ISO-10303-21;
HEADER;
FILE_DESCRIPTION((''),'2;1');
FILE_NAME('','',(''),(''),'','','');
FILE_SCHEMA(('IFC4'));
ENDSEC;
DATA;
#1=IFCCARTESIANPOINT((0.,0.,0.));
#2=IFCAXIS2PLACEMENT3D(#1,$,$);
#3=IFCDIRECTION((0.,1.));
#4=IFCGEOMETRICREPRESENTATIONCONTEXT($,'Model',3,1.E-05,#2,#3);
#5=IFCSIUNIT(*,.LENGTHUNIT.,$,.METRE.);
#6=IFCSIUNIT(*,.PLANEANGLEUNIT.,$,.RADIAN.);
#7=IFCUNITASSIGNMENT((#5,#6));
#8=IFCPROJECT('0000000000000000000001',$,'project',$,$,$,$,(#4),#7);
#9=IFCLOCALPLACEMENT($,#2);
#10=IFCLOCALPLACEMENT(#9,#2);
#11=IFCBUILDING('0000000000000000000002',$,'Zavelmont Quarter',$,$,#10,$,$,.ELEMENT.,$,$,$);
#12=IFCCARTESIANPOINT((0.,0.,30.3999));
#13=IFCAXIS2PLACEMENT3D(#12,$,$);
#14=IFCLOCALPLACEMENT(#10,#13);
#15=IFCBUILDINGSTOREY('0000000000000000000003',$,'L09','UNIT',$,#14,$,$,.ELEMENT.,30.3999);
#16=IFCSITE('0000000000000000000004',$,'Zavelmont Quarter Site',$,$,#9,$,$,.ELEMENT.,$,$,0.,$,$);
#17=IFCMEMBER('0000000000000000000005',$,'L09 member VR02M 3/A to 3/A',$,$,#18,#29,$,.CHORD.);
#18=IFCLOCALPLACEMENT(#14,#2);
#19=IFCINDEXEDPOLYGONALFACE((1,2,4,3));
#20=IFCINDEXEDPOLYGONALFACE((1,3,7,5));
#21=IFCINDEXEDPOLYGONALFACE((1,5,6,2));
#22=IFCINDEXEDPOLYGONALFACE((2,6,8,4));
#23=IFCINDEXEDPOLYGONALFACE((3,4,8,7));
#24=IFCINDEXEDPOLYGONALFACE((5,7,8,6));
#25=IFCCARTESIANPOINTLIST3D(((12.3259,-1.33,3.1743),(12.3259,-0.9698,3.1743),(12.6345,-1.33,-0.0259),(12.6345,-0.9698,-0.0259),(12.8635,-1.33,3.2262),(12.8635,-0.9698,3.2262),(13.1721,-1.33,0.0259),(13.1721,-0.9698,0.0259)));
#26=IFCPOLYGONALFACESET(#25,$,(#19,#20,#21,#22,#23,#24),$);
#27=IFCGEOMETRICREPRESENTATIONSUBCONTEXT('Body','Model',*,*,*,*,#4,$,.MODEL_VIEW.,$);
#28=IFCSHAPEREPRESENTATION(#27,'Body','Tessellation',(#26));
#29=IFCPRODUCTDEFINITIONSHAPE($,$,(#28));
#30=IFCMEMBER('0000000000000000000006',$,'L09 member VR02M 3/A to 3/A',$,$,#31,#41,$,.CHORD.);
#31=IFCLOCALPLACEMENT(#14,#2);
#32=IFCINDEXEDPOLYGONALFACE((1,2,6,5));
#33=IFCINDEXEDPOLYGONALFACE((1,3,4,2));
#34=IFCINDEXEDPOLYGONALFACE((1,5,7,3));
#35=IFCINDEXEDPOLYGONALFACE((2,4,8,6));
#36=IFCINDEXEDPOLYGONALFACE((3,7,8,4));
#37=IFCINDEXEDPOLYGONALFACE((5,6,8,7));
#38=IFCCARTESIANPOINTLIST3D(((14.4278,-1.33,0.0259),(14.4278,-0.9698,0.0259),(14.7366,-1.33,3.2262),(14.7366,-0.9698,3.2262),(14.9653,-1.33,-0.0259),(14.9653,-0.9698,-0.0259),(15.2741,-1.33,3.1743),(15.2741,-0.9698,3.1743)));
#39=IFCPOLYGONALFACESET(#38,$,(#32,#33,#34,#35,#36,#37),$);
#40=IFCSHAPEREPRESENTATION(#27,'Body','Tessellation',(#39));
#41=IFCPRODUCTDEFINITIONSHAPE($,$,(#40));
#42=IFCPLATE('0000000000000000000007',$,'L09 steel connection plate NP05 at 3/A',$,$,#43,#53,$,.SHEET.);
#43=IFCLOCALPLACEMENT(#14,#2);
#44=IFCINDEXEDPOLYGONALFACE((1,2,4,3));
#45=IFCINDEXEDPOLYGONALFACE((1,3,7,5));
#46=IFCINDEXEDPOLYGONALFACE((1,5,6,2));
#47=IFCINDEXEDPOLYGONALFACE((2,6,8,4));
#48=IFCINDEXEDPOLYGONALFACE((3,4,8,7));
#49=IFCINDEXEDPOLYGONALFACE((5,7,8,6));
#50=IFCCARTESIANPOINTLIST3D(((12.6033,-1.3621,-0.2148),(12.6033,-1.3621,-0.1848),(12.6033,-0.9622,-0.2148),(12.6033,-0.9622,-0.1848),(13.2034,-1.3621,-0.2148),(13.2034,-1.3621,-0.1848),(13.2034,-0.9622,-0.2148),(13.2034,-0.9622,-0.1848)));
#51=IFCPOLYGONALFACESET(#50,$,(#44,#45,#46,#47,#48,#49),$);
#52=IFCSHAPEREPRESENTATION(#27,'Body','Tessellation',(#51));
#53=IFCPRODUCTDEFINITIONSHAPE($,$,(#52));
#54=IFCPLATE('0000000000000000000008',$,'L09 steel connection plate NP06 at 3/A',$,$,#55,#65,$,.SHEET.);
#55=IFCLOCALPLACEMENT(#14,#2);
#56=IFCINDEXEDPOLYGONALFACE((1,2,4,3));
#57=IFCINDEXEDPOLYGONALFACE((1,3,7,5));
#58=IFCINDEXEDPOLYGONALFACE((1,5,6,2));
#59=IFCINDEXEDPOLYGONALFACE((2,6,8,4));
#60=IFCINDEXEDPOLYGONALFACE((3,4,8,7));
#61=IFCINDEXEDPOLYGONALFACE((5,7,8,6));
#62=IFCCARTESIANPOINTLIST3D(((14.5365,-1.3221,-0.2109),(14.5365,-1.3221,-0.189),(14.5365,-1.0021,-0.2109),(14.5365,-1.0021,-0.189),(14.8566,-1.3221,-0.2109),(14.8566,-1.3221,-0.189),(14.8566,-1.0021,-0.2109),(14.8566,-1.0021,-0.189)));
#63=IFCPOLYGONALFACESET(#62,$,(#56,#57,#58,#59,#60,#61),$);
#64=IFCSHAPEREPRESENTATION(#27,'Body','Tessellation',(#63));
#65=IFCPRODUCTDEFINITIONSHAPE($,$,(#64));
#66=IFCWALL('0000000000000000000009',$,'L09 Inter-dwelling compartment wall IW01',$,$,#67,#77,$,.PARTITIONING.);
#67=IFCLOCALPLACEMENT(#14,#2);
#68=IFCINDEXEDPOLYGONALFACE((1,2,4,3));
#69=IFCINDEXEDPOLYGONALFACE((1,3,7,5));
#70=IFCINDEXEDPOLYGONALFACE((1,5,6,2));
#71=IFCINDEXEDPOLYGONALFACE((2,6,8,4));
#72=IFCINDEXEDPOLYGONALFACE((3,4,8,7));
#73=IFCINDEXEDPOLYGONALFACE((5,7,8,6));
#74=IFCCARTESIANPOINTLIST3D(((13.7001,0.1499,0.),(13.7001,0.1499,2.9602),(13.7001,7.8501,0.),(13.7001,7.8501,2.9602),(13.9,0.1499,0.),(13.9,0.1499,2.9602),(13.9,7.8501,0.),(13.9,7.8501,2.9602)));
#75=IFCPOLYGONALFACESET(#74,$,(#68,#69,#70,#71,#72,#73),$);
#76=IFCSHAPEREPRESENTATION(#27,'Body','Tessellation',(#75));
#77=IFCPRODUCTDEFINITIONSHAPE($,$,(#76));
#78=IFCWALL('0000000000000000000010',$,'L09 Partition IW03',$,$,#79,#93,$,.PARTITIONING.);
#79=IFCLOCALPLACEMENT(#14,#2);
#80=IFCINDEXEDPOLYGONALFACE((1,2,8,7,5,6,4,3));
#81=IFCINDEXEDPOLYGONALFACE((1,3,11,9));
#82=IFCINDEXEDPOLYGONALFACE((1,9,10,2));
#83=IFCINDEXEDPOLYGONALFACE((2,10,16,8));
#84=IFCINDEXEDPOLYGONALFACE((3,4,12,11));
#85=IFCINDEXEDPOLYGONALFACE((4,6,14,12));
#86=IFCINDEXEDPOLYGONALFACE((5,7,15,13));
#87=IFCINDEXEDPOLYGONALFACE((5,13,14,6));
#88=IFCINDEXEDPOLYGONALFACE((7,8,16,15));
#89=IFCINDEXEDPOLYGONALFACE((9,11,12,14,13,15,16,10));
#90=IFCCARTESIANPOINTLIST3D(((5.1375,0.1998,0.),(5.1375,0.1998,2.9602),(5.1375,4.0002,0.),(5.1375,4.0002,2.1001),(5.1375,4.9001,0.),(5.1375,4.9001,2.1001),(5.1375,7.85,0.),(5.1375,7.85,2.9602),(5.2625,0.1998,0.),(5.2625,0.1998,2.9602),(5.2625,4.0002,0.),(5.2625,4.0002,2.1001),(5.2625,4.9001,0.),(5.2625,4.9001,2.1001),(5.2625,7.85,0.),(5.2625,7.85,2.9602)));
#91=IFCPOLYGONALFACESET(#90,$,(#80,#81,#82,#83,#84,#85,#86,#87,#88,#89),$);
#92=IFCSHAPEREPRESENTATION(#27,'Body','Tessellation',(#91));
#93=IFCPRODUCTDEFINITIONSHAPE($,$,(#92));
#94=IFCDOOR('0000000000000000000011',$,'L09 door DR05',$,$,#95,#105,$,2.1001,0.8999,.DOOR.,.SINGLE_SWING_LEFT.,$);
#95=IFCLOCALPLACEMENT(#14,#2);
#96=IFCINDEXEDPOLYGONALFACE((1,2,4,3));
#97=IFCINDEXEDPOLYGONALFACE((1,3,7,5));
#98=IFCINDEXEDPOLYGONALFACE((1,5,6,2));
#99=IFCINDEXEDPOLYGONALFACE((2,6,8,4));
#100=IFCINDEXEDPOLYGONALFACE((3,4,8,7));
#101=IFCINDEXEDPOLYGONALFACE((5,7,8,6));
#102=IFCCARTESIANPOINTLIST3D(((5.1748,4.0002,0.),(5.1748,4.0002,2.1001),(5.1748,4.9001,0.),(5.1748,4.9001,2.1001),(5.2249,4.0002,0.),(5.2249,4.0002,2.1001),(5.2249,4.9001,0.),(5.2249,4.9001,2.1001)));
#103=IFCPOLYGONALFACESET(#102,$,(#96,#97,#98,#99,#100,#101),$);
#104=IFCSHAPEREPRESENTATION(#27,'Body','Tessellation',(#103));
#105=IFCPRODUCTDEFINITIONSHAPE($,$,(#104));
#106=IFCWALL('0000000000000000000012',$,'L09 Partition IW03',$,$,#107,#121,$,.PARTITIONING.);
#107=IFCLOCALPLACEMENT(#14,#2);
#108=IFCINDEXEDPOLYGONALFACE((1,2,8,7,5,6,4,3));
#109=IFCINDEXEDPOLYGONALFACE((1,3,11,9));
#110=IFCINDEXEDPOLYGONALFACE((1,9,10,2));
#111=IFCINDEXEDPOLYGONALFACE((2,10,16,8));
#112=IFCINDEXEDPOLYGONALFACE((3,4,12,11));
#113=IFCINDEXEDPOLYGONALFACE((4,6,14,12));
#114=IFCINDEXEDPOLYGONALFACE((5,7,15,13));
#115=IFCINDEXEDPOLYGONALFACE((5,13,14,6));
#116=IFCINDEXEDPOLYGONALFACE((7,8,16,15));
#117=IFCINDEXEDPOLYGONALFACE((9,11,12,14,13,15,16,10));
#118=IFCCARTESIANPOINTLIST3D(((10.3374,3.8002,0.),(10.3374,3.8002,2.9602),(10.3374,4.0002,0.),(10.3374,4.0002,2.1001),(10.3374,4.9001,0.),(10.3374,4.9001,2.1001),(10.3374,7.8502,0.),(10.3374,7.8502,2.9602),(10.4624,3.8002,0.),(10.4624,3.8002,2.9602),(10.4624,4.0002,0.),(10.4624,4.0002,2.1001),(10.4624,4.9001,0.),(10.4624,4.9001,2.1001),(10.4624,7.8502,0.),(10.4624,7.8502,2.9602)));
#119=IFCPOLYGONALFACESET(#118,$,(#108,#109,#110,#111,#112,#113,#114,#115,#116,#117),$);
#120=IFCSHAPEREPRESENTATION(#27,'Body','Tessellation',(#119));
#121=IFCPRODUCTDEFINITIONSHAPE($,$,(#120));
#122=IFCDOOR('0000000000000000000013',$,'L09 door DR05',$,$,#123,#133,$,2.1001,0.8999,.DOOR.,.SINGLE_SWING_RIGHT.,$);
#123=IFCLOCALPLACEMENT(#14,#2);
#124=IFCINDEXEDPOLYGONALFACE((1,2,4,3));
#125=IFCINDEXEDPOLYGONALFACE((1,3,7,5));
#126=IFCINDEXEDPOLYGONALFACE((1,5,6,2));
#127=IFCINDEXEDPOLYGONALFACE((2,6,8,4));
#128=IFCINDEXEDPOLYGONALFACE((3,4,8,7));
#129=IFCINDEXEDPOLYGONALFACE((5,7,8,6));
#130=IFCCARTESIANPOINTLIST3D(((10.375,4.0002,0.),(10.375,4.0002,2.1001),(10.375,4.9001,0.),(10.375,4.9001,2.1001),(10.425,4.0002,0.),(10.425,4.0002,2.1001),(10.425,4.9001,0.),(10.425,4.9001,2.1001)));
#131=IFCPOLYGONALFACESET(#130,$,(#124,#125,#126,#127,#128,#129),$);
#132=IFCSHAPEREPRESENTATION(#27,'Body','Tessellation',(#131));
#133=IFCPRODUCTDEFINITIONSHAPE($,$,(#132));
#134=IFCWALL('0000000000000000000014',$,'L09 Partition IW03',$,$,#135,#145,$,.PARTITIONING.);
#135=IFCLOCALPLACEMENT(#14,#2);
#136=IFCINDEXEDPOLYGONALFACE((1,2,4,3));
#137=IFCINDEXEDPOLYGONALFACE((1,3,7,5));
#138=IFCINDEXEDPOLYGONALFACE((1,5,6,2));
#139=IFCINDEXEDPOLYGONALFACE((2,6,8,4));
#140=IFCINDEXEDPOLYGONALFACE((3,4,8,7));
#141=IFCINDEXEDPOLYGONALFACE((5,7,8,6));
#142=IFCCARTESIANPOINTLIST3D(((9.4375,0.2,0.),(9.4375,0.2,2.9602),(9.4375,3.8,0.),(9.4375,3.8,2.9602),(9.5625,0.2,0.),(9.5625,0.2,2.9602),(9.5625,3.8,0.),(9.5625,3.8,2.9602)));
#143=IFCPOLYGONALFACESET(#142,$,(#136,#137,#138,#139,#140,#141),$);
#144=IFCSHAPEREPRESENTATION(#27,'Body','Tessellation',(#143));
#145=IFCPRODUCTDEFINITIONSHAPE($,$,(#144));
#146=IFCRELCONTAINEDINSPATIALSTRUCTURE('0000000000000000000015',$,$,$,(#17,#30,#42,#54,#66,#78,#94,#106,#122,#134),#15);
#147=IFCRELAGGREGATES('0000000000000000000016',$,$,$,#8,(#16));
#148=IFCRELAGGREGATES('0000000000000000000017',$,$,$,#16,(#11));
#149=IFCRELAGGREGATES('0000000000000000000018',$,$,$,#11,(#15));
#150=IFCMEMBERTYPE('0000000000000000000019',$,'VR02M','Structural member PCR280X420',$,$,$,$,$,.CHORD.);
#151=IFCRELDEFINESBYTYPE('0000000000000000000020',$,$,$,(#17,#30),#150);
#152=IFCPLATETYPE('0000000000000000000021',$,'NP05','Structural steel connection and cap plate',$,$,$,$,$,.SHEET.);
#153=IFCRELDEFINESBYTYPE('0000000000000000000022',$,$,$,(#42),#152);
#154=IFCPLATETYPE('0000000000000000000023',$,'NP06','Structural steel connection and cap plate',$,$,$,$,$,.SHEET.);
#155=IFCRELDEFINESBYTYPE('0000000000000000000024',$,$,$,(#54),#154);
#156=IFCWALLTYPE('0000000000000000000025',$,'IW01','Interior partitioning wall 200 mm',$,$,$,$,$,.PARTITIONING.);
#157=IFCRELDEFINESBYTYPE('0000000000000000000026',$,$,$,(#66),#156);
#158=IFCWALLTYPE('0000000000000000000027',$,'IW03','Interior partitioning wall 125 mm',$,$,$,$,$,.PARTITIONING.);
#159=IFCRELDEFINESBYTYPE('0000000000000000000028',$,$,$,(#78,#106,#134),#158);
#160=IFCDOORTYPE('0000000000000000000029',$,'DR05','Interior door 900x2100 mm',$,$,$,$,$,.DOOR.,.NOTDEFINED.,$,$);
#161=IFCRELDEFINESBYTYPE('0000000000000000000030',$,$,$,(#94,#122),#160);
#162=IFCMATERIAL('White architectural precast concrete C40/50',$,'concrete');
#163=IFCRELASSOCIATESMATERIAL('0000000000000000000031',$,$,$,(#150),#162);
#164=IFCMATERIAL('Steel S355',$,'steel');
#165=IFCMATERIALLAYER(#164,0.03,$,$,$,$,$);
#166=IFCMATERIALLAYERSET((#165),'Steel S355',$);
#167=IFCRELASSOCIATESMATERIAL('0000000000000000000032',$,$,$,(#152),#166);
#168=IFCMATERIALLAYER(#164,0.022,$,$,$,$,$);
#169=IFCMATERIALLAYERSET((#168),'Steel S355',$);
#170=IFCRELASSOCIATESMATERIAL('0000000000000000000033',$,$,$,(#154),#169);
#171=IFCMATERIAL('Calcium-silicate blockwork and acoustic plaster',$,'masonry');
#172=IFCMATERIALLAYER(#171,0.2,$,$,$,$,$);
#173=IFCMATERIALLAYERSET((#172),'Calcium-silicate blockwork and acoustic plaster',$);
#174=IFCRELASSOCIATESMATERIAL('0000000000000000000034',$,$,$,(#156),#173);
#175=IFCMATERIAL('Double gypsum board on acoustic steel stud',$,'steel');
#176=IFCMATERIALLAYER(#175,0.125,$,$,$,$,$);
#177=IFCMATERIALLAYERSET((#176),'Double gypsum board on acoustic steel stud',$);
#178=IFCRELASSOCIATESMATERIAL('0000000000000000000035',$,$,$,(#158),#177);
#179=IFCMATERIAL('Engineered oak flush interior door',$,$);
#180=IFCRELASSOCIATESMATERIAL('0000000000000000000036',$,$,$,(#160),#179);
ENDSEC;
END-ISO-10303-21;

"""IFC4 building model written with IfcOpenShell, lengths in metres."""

from ifc_helpers import new_model, si_unit, direction, frame, frame_2d, origin, origin_with_axes, origin_2d, place, context, subcontext, project, spatial, rectangle, extrude, material, layer, layer_set, material_profile, profile_set, type_object, element, fill, save


model = new_model("IFC4")

# Units and contexts
model_context = context("Model", 3, precision=1e-05, world=origin(), true_north=direction((0.0, 1.0)))
body_context = subcontext(model_context, "Body", "Model", "MODEL_VIEW")
ifc_project = project(units=[si_unit("LENGTHUNIT", "METRE"), si_unit("PLANEANGLEUNIT", "RADIAN")], contexts=[model_context])

# Site, building, storey
site_placement = place(None, origin())
site = spatial("IfcSite", under=ifc_project, at=site_placement, Name="Zavelmont Quarter Site", CompositionType="ELEMENT", RefElevation=0.0)
building_placement = place(site_placement, origin())
building = spatial("IfcBuilding", under=site, at=building_placement, Name="Zavelmont Quarter", CompositionType="ELEMENT")
storey_placement = place(building_placement, frame((0.0, 0.0, 30.3999)))
storey = spatial("IfcBuildingStorey", under=building, at=storey_placement, Name="L09", Description="UNIT", CompositionType="ELEMENT", Elevation=30.3999)

# Shared definitions
ifc_material_1 = material(Name="Steel S355", Category="steel")

# Members
ifc_material_2 = material(Name="White architectural precast concrete C40/50", Category="concrete")
ifc_material_profile_1 = material_profile(ifc_material_2, rectangle(XDim=0.3601, YDim=0.54, at=origin_2d()), Name="PCR280X420")
ifc_profile_set_1 = profile_set([ifc_material_profile_1], Name="White architectural precast concrete C40/50")
member_type = type_object("IfcMemberType", Name="VR02M", Description="Structural member PCR280X420", PredefinedType="CHORD", material=ifc_profile_set_1)
for number, where, z_axis, x_axis, name in (
    (1, (12.9033, -1.1499, 0.0), (-0.095984, 0.0, 0.995383), (0.0, -1.0, 0.0), "L09 member VR02M 3/A to 3/A"),
    (2, (14.6965, -1.1499, 0.0), (0.09606, 0.0, 0.995376), (0.0, 1.0, 0.0), "L09 member VR02M 3/A to 3/A"),
):
    element("IfcMember", number, at=place(storey_placement, frame(where, z_axis=z_axis, x_axis=x_axis)), inside=storey, type_object=member_type, Name=name, PredefinedType="CHORD", context=body_context, shape_type="SweptSolid", body=[
        extrude(rectangle(XDim=0.3601, YDim=0.54, at=origin_2d()), origin(), (0.0, 0.0, 1.0), 3.2151),
    ])

# Plates
ifc_layer_1 = layer(ifc_material_1, 0.03)
ifc_layer_set_1 = layer_set([ifc_layer_1], Name="Steel S355")
plate_type_1 = type_object("IfcPlateType", Name="NP05", Description="Structural steel connection and cap plate", PredefinedType="SHEET", material=ifc_layer_set_1)
plate_1_placement = place(storey_placement, frame((12.9033, -1.1621, -0.2148), z_axis=(0.0, 0.0, 1.0), x_axis=(1.0, 0.0, 0.0)))
element("IfcPlate", 3, at=plate_1_placement, inside=storey, type_object=plate_type_1, Name="L09 steel connection plate NP05 at 3/A", PredefinedType="SHEET", context=body_context, shape_type="SweptSolid", body=[
    extrude(rectangle(XDim=0.6001, YDim=0.3999, at=origin_2d()), origin(), (0.0, 0.0, 1.0), 0.03),
])
ifc_layer_2 = layer(ifc_material_1, 0.022)
ifc_layer_set_2 = layer_set([ifc_layer_2], Name="Steel S355")
plate_type_2 = type_object("IfcPlateType", Name="NP06", Description="Structural steel connection and cap plate", PredefinedType="SHEET", material=ifc_layer_set_2)
plate_2_placement = place(storey_placement, frame((14.6965, -1.1621, -0.2109), z_axis=(0.0, 0.0, 1.0), x_axis=(1.0, 0.0, 0.0)))
element("IfcPlate", 4, at=plate_2_placement, inside=storey, type_object=plate_type_2, Name="L09 steel connection plate NP06 at 3/A", PredefinedType="SHEET", context=body_context, shape_type="SweptSolid", body=[
    extrude(rectangle(XDim=0.3201, YDim=0.3201, at=origin_2d()), origin(), (0.0, 0.0, 1.0), 0.022),
])

# Wall
ifc_material_3 = material(Name="Calcium-silicate blockwork and acoustic plaster", Category="masonry")
ifc_layer_3 = layer(ifc_material_3, 0.2)
ifc_layer_set_3 = layer_set([ifc_layer_3], Name="Calcium-silicate blockwork and acoustic plaster")
wall_type_1 = type_object("IfcWallType", Name="IW01", Description="Interior partitioning wall 200 mm", PredefinedType="PARTITIONING", material=ifc_layer_set_3)
wall_1_placement = place(storey_placement, frame((13.8, 7.8501, 0.0), z_axis=(0.0, 0.0, 1.0), x_axis=(0.0, -1.0, 0.0)))
element("IfcWall", 5, at=wall_1_placement, inside=storey, type_object=wall_type_1, Name="L09 Inter-dwelling compartment wall IW01", PredefinedType="PARTITIONING", context=body_context, shape_type="SweptSolid", body=[
    extrude(rectangle(XDim=7.7002, YDim=0.2, at=frame_2d((3.8501, 0.0))), origin(), (0.0, 0.0, 1.0), 2.9602),
])

# Walls, openings, doors
ifc_material_4 = material(Name="Double gypsum board on acoustic steel stud", Category="steel")
ifc_layer_4 = layer(ifc_material_4, 0.125)
ifc_layer_set_4 = layer_set([ifc_layer_4], Name="Double gypsum board on acoustic steel stud")
wall_type_2 = type_object("IfcWallType", Name="IW03", Description="Interior partitioning wall 125 mm", PredefinedType="PARTITIONING", material=ifc_layer_set_4)
wall_2_placement = place(storey_placement, frame((5.2, 7.8501, 0.0), z_axis=(0.0, 0.0, 1.0), x_axis=(0.0, -1.0, 0.0)))
wall_2 = element("IfcWall", 6, at=wall_2_placement, inside=storey, type_object=wall_type_2, Name="L09 Partition IW03", PredefinedType="PARTITIONING", context=body_context, shape_type="SweptSolid", body=[
    extrude(rectangle(XDim=7.6501, YDim=0.125, at=frame_2d((3.8252, 0.0))), origin(), (0.0, 0.0, 1.0), 2.9602),
])
opening_1_placement = place(wall_2_placement, frame((2.95, 0.0, 0.0)))
opening_1 = element("IfcOpeningElement", 7, at=opening_1_placement, cuts=wall_2, PredefinedType="OPENING", context=body_context, shape_type="SweptSolid", body=[
    extrude(rectangle(XDim=0.8999, YDim=2.1001, at=frame_2d((0.45, 1.05))), frame((0.0, 0.0745, 0.0), z_axis=(0.0, -1.0, 0.0), x_axis=(1.0, 0.0, 0.0)), (0.0, 0.0, 1.0), 0.1489),
])
ifc_material_5 = material(Name="Engineered oak flush interior door")
door_type_1 = type_object("IfcDoorType", Name="DR05", Description="Interior door 900x2100 mm", OperationType="NOTDEFINED", PredefinedType="DOOR", material=ifc_material_5)
door_1_placement = place(opening_1_placement, origin_with_axes())
door_1 = element("IfcDoor", 8, at=door_1_placement, inside=storey, type_object=door_type_1, Name="L09 door DR05", OperationType="SINGLE_SWING_LEFT", OverallHeight=2.1001, OverallWidth=0.8999, PredefinedType="DOOR", context=body_context, shape_type="SweptSolid", body=[
    extrude(rectangle(XDim=0.8999, YDim=2.1001, at=frame_2d((0.45, 1.05))), frame((0.0, 0.0249, 0.0), z_axis=(0.0, -1.0, 0.0), x_axis=(1.0, 0.0, 0.0)), (0.0, 0.0, 1.0), 0.05),
])
fill(opening_1, door_1)
wall_3_placement = place(storey_placement, frame((10.3999, 7.8501, 0.0), z_axis=(0.0, 0.0, 1.0), x_axis=(0.0, -1.0, 0.0)))
wall_3 = element("IfcWall", 9, at=wall_3_placement, inside=storey, type_object=wall_type_2, Name="L09 Partition IW03", PredefinedType="PARTITIONING", context=body_context, shape_type="SweptSolid", body=[
    extrude(rectangle(XDim=4.05, YDim=0.125, at=frame_2d((2.0249, 0.0))), origin(), (0.0, 0.0, 1.0), 2.9602),
])
opening_2_placement = place(wall_3_placement, frame((2.95, 0.0, 0.0)))
opening_2 = element("IfcOpeningElement", 10, at=opening_2_placement, cuts=wall_3, PredefinedType="OPENING", context=body_context, shape_type="SweptSolid", body=[
    extrude(rectangle(XDim=0.8999, YDim=2.1001, at=frame_2d((0.45, 1.05))), frame((0.0, 0.0745, 0.0), z_axis=(0.0, -1.0, 0.0), x_axis=(1.0, 0.0, 0.0)), (0.0, 0.0, 1.0), 0.1489),
])
door_2_placement = place(opening_2_placement, frame((0.8999, 0.0, 0.0), z_axis=(0.0, 0.0, 1.0), x_axis=(-1.0, 0.0, 0.0)))
door_2 = element("IfcDoor", 11, at=door_2_placement, inside=storey, type_object=door_type_1, Name="L09 door DR05", OperationType="SINGLE_SWING_RIGHT", OverallHeight=2.1001, OverallWidth=0.8999, PredefinedType="DOOR", context=body_context, shape_type="SweptSolid", body=[
    extrude(rectangle(XDim=0.8999, YDim=2.1001, at=frame_2d((0.45, 1.05))), frame((0.0, 0.0249, 0.0), z_axis=(0.0, -1.0, 0.0), x_axis=(1.0, 0.0, 0.0)), (0.0, 0.0, 1.0), 0.05),
])
fill(opening_2, door_2)

# Wall
wall_4_placement = place(storey_placement, frame((9.5, 3.8, 0.0), z_axis=(0.0, 0.0, 1.0), x_axis=(0.0, -1.0, 0.0)))
element("IfcWall", 12, at=wall_4_placement, inside=storey, type_object=wall_type_2, Name="L09 Partition IW03", PredefinedType="PARTITIONING", context=body_context, shape_type="SweptSolid", body=[
    extrude(rectangle(XDim=3.6001, YDim=0.125, at=frame_2d((1.8, 0.0))), origin(), (0.0, 0.0, 1.0), 2.9602),
])

save(model, "model.ifc")
